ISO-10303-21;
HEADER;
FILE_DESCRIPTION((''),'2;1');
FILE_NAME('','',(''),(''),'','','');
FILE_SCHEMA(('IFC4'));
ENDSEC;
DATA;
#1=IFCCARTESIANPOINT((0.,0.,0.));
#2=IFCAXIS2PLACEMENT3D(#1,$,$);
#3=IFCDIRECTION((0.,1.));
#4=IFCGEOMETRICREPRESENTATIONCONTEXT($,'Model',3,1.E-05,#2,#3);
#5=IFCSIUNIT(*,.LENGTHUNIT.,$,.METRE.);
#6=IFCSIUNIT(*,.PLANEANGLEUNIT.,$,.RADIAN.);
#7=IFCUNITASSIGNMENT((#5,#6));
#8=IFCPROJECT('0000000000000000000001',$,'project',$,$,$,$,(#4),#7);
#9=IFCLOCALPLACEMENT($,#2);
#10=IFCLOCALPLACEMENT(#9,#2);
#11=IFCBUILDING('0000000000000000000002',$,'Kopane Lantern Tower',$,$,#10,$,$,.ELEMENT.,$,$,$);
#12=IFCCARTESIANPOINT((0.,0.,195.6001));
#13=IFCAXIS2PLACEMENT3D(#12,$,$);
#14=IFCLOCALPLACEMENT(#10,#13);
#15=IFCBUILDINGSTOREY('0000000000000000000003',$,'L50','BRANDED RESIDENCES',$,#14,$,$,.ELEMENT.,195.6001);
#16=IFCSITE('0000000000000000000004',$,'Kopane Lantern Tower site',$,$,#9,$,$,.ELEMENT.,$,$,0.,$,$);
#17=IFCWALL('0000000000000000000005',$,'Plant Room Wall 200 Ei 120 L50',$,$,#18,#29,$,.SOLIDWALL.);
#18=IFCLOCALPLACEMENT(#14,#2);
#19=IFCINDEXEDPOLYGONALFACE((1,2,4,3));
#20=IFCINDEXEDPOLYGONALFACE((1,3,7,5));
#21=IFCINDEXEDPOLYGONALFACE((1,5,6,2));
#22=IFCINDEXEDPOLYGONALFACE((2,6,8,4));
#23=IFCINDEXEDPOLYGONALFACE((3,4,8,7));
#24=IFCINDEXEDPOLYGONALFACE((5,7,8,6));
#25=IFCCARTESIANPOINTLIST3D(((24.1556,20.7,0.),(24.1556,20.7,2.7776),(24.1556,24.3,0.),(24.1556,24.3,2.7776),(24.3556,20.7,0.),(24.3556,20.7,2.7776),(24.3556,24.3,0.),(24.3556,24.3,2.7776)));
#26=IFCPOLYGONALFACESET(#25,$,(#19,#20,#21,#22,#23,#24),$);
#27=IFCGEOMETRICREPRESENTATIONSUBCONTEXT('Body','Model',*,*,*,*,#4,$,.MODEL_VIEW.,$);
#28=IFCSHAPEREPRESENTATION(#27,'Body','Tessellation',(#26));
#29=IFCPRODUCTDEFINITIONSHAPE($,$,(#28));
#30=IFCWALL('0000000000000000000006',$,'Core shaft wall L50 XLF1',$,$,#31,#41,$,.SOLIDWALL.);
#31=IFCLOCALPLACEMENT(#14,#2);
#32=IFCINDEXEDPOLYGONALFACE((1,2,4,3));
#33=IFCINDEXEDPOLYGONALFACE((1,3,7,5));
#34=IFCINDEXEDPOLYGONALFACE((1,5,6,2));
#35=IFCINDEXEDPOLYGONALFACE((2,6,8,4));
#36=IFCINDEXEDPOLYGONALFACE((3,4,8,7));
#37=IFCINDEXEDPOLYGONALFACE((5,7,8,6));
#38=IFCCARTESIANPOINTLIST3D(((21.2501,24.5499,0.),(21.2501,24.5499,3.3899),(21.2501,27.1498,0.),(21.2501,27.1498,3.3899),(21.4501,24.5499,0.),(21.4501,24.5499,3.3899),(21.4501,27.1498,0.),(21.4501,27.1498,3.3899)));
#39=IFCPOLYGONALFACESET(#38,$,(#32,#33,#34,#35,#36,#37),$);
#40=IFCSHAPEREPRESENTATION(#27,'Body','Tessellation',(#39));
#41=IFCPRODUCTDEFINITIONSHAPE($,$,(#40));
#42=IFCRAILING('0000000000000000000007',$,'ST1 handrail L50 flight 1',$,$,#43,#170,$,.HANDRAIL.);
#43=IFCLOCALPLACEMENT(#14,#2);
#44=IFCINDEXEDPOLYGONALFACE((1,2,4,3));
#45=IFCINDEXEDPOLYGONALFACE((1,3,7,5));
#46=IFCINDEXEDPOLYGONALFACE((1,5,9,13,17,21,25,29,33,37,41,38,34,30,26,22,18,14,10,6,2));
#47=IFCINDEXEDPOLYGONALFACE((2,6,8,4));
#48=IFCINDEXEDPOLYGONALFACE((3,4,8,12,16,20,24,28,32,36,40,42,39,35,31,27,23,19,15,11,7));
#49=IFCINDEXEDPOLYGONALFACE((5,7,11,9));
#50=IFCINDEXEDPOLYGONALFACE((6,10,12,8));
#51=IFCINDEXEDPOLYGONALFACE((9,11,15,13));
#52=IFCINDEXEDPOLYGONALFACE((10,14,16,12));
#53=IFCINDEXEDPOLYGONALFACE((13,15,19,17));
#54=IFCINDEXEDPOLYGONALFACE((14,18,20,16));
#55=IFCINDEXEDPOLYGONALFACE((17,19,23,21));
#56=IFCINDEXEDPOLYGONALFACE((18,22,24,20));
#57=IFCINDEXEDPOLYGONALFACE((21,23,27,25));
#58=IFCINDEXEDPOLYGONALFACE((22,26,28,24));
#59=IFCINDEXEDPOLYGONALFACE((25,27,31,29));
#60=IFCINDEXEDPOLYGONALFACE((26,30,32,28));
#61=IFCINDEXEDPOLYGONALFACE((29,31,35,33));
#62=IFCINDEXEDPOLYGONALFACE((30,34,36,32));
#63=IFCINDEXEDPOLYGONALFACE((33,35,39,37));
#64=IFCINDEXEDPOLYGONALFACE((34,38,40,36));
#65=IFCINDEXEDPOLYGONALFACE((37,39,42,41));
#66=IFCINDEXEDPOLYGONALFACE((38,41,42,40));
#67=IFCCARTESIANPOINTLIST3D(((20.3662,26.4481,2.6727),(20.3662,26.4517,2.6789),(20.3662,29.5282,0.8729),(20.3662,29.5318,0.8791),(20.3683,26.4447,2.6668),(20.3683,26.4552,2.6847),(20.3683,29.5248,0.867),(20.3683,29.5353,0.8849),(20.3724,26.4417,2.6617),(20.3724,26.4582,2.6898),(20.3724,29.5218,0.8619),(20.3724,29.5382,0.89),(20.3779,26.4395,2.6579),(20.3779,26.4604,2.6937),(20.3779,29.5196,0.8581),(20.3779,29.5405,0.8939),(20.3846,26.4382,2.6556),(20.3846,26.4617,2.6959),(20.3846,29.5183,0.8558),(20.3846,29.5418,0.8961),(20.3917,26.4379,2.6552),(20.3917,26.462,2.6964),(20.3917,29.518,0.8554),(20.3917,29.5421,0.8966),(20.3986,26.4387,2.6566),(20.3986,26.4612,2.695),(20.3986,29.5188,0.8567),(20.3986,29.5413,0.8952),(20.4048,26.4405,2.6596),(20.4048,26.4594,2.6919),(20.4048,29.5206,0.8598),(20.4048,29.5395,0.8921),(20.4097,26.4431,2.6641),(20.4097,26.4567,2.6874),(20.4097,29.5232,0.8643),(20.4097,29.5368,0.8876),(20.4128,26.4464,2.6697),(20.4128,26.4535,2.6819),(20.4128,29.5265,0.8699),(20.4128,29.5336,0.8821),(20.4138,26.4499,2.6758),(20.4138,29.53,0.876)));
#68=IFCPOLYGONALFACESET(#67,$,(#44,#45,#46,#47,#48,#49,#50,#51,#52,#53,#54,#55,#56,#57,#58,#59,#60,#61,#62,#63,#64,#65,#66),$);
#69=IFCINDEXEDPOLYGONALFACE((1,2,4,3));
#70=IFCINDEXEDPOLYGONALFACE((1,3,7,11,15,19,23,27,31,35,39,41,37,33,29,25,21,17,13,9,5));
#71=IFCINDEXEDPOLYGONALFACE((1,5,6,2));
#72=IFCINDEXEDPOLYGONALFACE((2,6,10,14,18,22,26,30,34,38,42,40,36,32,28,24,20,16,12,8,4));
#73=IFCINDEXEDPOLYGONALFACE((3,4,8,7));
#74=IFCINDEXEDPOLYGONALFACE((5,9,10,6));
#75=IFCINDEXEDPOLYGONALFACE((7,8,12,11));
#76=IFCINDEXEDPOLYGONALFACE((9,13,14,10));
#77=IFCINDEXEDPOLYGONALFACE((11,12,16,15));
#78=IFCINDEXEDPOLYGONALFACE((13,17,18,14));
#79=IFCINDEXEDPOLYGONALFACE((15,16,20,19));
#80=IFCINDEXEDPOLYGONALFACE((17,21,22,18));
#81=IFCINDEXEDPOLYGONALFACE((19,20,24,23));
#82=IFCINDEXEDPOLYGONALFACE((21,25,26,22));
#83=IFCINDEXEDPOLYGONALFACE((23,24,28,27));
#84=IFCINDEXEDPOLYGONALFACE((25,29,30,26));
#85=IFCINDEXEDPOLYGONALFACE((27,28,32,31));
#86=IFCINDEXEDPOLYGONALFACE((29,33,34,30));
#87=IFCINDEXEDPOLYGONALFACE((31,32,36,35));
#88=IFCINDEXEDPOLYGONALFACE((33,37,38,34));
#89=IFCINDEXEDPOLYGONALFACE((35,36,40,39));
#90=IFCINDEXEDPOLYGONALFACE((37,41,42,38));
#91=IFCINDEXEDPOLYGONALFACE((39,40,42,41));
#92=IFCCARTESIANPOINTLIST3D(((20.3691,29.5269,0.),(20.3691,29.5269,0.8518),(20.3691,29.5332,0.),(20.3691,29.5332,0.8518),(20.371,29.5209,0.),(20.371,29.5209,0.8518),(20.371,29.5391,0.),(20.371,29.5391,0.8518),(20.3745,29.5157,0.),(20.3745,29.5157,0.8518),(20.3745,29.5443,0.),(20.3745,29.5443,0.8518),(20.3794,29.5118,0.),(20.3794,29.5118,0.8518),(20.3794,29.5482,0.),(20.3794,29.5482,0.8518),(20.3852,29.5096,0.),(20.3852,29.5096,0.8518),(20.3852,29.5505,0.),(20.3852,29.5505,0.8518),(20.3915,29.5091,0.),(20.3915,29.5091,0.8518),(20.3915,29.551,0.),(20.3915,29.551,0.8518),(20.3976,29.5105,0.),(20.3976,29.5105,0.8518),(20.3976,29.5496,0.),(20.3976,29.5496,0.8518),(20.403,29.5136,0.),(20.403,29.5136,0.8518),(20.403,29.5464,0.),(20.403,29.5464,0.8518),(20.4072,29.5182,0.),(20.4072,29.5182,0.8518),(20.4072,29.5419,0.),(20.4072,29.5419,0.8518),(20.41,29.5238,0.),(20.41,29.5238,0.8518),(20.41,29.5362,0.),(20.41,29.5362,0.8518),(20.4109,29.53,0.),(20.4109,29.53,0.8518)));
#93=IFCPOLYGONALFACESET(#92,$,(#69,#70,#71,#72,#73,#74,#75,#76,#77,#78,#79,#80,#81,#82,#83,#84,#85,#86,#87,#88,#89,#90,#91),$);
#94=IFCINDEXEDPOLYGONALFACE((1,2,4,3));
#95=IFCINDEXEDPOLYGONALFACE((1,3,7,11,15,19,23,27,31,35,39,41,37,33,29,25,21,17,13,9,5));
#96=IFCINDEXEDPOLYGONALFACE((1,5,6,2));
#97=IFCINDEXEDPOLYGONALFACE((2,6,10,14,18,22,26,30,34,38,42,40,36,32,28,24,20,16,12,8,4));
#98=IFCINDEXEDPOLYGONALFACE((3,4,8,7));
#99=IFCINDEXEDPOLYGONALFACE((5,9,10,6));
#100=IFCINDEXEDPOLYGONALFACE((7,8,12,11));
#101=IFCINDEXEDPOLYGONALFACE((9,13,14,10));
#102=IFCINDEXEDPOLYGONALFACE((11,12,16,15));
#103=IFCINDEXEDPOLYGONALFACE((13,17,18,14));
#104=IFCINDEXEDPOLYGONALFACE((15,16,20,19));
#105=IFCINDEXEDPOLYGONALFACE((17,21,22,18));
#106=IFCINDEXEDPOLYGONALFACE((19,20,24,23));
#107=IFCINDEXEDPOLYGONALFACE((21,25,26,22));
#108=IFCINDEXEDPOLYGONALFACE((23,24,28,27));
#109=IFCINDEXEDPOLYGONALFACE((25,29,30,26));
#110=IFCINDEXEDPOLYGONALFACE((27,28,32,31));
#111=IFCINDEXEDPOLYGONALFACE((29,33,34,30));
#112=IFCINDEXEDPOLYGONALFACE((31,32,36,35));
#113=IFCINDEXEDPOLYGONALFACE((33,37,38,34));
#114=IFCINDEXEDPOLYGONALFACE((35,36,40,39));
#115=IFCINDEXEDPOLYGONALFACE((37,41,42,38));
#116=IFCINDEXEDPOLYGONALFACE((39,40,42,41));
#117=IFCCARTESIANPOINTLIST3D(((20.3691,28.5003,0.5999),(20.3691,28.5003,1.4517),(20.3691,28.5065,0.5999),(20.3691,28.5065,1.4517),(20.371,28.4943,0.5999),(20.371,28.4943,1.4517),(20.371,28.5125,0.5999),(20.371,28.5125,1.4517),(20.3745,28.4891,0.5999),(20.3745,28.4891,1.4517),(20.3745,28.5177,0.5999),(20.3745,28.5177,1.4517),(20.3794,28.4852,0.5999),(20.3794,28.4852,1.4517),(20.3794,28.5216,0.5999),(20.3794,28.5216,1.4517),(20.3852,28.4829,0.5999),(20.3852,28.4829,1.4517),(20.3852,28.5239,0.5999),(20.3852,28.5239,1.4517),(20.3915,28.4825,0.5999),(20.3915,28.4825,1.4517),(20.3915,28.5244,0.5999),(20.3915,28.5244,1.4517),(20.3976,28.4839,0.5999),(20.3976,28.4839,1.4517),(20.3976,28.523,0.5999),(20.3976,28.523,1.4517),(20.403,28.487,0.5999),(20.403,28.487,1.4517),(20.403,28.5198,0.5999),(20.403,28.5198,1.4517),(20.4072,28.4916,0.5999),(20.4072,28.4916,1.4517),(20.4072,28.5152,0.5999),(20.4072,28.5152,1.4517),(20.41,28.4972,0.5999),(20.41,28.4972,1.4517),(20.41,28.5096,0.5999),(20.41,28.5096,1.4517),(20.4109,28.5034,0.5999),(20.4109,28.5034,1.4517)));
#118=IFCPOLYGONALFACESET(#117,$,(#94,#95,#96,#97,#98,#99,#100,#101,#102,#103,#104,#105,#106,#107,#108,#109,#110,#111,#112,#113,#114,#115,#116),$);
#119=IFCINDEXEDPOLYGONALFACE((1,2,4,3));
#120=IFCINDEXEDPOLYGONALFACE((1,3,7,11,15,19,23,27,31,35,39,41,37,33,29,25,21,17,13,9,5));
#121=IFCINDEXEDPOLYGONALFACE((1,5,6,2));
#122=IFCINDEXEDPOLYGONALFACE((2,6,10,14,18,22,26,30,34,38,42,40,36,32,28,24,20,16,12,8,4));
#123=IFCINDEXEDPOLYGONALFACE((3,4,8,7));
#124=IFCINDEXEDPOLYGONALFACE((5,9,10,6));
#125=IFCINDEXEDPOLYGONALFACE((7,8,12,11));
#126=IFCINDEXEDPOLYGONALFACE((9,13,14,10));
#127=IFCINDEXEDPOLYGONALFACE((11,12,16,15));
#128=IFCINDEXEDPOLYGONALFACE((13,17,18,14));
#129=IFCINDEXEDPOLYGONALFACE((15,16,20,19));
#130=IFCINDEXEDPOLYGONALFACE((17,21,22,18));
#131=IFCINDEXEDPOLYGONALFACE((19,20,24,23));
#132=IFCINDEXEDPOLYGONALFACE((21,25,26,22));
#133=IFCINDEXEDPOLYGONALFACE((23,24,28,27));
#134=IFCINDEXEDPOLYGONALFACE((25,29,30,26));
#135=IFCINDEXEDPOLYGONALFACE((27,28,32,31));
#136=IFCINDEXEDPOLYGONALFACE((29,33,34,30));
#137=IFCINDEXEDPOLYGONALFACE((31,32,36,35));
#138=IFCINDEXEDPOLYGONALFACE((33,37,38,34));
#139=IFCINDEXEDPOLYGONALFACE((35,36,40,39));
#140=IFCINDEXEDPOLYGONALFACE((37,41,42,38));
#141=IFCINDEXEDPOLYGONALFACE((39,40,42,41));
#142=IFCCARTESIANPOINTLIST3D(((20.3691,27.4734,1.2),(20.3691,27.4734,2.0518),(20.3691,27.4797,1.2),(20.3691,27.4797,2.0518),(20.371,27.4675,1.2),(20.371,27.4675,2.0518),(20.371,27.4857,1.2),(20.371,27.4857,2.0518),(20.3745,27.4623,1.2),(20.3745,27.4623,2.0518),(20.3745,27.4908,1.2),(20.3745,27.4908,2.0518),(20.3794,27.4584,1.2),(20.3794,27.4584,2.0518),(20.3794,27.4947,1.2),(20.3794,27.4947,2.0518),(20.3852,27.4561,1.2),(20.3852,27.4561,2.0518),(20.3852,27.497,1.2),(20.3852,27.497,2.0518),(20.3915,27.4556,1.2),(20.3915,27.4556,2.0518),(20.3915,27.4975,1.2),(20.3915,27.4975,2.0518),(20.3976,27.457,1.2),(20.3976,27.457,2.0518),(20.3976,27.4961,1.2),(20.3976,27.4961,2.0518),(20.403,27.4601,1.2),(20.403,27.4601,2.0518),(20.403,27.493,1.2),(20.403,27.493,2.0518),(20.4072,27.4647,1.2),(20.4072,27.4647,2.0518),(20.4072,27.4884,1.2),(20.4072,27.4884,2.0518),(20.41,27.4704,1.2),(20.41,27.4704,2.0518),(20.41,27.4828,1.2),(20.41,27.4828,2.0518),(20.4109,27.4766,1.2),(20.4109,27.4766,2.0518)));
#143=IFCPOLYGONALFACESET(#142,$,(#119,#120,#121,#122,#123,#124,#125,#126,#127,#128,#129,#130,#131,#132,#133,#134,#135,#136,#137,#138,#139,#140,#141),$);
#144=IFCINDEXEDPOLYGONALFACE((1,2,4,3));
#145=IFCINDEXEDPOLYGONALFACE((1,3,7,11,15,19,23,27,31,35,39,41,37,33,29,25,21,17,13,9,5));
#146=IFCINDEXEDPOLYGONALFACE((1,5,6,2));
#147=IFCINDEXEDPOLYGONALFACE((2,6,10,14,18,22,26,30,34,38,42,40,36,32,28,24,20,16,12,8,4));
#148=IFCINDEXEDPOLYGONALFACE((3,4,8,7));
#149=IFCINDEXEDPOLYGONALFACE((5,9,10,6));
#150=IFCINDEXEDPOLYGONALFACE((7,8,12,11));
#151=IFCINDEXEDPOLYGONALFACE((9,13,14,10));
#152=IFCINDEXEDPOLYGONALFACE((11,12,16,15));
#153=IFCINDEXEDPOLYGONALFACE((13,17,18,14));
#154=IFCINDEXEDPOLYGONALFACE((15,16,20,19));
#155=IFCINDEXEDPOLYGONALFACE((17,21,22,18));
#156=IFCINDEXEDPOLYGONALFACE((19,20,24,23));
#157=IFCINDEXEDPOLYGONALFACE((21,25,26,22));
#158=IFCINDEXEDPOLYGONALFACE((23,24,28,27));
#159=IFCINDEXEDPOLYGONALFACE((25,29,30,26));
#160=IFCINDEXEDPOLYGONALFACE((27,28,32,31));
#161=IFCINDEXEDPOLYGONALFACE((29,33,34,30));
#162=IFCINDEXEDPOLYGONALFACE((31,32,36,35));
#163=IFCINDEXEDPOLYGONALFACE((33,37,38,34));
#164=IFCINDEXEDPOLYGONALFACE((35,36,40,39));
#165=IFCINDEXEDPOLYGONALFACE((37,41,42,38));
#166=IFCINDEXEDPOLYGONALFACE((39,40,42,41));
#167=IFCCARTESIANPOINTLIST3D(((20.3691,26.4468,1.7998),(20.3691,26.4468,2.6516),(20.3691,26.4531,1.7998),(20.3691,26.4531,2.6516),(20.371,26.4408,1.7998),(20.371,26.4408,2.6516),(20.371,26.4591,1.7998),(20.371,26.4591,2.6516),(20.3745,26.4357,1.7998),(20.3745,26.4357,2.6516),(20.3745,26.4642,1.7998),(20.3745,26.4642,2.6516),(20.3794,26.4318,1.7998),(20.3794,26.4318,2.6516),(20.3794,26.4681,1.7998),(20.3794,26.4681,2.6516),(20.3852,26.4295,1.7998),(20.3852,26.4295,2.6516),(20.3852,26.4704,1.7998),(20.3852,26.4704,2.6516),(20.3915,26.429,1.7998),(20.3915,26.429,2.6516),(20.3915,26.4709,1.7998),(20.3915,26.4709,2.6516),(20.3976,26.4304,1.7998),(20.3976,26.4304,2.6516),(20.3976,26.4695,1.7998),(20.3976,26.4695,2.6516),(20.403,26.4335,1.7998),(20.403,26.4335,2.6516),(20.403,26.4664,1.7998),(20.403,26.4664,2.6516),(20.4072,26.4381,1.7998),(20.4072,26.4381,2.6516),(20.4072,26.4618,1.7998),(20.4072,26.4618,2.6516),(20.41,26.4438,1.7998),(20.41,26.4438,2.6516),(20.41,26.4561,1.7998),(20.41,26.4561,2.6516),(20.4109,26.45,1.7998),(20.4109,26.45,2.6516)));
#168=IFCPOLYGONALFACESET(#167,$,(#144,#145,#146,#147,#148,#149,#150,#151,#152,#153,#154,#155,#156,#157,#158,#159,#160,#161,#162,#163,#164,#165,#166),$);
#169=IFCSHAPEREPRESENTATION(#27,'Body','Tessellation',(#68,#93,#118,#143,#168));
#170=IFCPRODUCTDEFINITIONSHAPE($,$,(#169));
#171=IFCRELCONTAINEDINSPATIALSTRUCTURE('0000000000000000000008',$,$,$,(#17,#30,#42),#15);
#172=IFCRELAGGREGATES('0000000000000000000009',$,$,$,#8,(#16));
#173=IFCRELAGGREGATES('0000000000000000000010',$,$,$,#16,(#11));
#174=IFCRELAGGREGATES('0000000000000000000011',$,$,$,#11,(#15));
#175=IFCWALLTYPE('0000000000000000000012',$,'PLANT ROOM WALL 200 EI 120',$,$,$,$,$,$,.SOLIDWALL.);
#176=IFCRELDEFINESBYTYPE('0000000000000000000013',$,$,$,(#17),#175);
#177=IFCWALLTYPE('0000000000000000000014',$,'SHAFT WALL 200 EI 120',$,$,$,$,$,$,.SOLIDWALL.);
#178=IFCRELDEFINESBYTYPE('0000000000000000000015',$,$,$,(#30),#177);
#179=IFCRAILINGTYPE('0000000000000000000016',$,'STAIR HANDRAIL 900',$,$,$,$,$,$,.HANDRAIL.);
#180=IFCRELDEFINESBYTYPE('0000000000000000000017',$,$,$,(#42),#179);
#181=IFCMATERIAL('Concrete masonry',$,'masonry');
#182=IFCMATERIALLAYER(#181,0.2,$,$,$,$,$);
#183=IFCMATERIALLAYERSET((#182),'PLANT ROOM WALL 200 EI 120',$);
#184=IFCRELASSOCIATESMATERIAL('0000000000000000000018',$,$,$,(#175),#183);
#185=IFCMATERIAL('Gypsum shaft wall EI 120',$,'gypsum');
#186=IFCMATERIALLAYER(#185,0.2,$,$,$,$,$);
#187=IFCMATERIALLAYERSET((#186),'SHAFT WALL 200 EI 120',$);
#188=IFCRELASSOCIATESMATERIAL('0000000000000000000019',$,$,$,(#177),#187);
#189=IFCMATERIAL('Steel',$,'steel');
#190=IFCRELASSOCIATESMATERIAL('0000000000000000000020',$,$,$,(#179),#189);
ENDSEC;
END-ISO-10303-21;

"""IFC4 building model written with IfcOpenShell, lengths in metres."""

from ifc_helpers import new_model, si_unit, direction, frame, frame_2d, origin, origin_2d, place, context, subcontext, project, spatial, rectangle, circle, extrude, material, layer, layer_set, type_object, element, save


model = new_model("IFC4")

# Units and contexts
model_context = context("Model", 3, precision=1e-05, world=origin(), true_north=direction((0.0, 1.0)))
body_context = subcontext(model_context, "Body", "Model", "MODEL_VIEW")
ifc_project = project(units=[si_unit("LENGTHUNIT", "METRE"), si_unit("PLANEANGLEUNIT", "RADIAN")], contexts=[model_context])

# Site, building, storey
site_placement = place(None, origin())
site = spatial("IfcSite", under=ifc_project, at=site_placement, Name="Kopane Lantern Tower site", CompositionType="ELEMENT", RefElevation=0.0)
building_placement = place(site_placement, origin())
building = spatial("IfcBuilding", under=site, at=building_placement, Name="Kopane Lantern Tower", CompositionType="ELEMENT")
storey_placement = place(building_placement, frame((0.0, 0.0, 195.6001)))
storey = spatial("IfcBuildingStorey", under=building, at=storey_placement, Name="L50", Description="BRANDED RESIDENCES", CompositionType="ELEMENT", Elevation=195.6001)

# Walls
ifc_material_1 = material(Name="Concrete masonry", Category="masonry")
ifc_layer_1 = layer(ifc_material_1, 0.2)
ifc_layer_set_1 = layer_set([ifc_layer_1], Name="PLANT ROOM WALL 200 EI 120")
wall_type_1 = type_object("IfcWallType", Name="PLANT ROOM WALL 200 EI 120", PredefinedType="SOLIDWALL", material=ifc_layer_set_1)
wall_1_placement = place(storey_placement, frame((24.2556, 20.7, 0.0), z_axis=(0.0, 0.0, 1.0), x_axis=(0.0, 1.0, 0.0)))
element("IfcWall", 1, at=wall_1_placement, inside=storey, type_object=wall_type_1, Name="Plant Room Wall 200 Ei 120 L50", PredefinedType="SOLIDWALL", context=body_context, shape_type="SweptSolid", body=[
    extrude(rectangle(XDim=3.6001, YDim=0.2, at=frame_2d((1.8, 0.0))), origin(), (0.0, 0.0, 1.0), 2.7776),
])
ifc_material_2 = material(Name="Gypsum shaft wall EI 120", Category="gypsum")
ifc_layer_2 = layer(ifc_material_2, 0.2)
ifc_layer_set_2 = layer_set([ifc_layer_2], Name="SHAFT WALL 200 EI 120")
wall_type_2 = type_object("IfcWallType", Name="SHAFT WALL 200 EI 120", PredefinedType="SOLIDWALL", material=ifc_layer_set_2)
wall_2_placement = place(storey_placement, frame((21.3501, 24.55, 0.0), z_axis=(0.0, 0.0, 1.0), x_axis=(0.0, 1.0, 0.0)))
element("IfcWall", 2, at=wall_2_placement, inside=storey, type_object=wall_type_2, Name="Core shaft wall L50 XLF1", PredefinedType="SOLIDWALL", context=body_context, shape_type="SweptSolid", body=[
    extrude(rectangle(XDim=2.5999, YDim=0.2, at=frame_2d((1.2998, 0.0))), origin(), (0.0, 0.0, 1.0), 3.3899),
])

# Railing
ifc_material_3 = material(Name="Steel", Category="steel")
railing_type_1 = type_object("IfcRailingType", Name="STAIR HANDRAIL 900", PredefinedType="HANDRAIL", material=ifc_material_3)
for number, where, name in (
    (3, (20.3899, 29.53, 0.0), "ST1 handrail L50 flight 1"),
):
    element("IfcRailing", number, at=place(storey_placement, frame(where)), inside=storey, type_object=railing_type_1, Name=name, PredefinedType="HANDRAIL", context=body_context, shape_type="SweptSolid", body=[
        extrude(circle(Radius=0.0239, at=origin_2d()), frame((0.0, 0.0, 0.876), z_axis=(0.0, -0.863401, 0.504518), x_axis=(1.0, 0.0, 0.0)), (0.0, 0.0, 1.0), 3.5674),
        extrude(circle(Radius=0.021, at=origin_2d()), origin(), (0.0, 0.0, 1.0), 0.8518),
        extrude(circle(Radius=0.021, at=origin_2d()), frame((0.0, -1.0266, 0.5999)), (0.0, 0.0, 1.0), 0.8518),
        extrude(circle(Radius=0.021, at=origin_2d()), frame((0.0, -2.0535, 1.2)), (0.0, 0.0, 1.0), 0.8518),
        extrude(circle(Radius=0.021, at=origin_2d()), frame((0.0, -3.0801, 1.7998)), (0.0, 0.0, 1.0), 0.8518),
    ])

save(model, "model.ifc")
